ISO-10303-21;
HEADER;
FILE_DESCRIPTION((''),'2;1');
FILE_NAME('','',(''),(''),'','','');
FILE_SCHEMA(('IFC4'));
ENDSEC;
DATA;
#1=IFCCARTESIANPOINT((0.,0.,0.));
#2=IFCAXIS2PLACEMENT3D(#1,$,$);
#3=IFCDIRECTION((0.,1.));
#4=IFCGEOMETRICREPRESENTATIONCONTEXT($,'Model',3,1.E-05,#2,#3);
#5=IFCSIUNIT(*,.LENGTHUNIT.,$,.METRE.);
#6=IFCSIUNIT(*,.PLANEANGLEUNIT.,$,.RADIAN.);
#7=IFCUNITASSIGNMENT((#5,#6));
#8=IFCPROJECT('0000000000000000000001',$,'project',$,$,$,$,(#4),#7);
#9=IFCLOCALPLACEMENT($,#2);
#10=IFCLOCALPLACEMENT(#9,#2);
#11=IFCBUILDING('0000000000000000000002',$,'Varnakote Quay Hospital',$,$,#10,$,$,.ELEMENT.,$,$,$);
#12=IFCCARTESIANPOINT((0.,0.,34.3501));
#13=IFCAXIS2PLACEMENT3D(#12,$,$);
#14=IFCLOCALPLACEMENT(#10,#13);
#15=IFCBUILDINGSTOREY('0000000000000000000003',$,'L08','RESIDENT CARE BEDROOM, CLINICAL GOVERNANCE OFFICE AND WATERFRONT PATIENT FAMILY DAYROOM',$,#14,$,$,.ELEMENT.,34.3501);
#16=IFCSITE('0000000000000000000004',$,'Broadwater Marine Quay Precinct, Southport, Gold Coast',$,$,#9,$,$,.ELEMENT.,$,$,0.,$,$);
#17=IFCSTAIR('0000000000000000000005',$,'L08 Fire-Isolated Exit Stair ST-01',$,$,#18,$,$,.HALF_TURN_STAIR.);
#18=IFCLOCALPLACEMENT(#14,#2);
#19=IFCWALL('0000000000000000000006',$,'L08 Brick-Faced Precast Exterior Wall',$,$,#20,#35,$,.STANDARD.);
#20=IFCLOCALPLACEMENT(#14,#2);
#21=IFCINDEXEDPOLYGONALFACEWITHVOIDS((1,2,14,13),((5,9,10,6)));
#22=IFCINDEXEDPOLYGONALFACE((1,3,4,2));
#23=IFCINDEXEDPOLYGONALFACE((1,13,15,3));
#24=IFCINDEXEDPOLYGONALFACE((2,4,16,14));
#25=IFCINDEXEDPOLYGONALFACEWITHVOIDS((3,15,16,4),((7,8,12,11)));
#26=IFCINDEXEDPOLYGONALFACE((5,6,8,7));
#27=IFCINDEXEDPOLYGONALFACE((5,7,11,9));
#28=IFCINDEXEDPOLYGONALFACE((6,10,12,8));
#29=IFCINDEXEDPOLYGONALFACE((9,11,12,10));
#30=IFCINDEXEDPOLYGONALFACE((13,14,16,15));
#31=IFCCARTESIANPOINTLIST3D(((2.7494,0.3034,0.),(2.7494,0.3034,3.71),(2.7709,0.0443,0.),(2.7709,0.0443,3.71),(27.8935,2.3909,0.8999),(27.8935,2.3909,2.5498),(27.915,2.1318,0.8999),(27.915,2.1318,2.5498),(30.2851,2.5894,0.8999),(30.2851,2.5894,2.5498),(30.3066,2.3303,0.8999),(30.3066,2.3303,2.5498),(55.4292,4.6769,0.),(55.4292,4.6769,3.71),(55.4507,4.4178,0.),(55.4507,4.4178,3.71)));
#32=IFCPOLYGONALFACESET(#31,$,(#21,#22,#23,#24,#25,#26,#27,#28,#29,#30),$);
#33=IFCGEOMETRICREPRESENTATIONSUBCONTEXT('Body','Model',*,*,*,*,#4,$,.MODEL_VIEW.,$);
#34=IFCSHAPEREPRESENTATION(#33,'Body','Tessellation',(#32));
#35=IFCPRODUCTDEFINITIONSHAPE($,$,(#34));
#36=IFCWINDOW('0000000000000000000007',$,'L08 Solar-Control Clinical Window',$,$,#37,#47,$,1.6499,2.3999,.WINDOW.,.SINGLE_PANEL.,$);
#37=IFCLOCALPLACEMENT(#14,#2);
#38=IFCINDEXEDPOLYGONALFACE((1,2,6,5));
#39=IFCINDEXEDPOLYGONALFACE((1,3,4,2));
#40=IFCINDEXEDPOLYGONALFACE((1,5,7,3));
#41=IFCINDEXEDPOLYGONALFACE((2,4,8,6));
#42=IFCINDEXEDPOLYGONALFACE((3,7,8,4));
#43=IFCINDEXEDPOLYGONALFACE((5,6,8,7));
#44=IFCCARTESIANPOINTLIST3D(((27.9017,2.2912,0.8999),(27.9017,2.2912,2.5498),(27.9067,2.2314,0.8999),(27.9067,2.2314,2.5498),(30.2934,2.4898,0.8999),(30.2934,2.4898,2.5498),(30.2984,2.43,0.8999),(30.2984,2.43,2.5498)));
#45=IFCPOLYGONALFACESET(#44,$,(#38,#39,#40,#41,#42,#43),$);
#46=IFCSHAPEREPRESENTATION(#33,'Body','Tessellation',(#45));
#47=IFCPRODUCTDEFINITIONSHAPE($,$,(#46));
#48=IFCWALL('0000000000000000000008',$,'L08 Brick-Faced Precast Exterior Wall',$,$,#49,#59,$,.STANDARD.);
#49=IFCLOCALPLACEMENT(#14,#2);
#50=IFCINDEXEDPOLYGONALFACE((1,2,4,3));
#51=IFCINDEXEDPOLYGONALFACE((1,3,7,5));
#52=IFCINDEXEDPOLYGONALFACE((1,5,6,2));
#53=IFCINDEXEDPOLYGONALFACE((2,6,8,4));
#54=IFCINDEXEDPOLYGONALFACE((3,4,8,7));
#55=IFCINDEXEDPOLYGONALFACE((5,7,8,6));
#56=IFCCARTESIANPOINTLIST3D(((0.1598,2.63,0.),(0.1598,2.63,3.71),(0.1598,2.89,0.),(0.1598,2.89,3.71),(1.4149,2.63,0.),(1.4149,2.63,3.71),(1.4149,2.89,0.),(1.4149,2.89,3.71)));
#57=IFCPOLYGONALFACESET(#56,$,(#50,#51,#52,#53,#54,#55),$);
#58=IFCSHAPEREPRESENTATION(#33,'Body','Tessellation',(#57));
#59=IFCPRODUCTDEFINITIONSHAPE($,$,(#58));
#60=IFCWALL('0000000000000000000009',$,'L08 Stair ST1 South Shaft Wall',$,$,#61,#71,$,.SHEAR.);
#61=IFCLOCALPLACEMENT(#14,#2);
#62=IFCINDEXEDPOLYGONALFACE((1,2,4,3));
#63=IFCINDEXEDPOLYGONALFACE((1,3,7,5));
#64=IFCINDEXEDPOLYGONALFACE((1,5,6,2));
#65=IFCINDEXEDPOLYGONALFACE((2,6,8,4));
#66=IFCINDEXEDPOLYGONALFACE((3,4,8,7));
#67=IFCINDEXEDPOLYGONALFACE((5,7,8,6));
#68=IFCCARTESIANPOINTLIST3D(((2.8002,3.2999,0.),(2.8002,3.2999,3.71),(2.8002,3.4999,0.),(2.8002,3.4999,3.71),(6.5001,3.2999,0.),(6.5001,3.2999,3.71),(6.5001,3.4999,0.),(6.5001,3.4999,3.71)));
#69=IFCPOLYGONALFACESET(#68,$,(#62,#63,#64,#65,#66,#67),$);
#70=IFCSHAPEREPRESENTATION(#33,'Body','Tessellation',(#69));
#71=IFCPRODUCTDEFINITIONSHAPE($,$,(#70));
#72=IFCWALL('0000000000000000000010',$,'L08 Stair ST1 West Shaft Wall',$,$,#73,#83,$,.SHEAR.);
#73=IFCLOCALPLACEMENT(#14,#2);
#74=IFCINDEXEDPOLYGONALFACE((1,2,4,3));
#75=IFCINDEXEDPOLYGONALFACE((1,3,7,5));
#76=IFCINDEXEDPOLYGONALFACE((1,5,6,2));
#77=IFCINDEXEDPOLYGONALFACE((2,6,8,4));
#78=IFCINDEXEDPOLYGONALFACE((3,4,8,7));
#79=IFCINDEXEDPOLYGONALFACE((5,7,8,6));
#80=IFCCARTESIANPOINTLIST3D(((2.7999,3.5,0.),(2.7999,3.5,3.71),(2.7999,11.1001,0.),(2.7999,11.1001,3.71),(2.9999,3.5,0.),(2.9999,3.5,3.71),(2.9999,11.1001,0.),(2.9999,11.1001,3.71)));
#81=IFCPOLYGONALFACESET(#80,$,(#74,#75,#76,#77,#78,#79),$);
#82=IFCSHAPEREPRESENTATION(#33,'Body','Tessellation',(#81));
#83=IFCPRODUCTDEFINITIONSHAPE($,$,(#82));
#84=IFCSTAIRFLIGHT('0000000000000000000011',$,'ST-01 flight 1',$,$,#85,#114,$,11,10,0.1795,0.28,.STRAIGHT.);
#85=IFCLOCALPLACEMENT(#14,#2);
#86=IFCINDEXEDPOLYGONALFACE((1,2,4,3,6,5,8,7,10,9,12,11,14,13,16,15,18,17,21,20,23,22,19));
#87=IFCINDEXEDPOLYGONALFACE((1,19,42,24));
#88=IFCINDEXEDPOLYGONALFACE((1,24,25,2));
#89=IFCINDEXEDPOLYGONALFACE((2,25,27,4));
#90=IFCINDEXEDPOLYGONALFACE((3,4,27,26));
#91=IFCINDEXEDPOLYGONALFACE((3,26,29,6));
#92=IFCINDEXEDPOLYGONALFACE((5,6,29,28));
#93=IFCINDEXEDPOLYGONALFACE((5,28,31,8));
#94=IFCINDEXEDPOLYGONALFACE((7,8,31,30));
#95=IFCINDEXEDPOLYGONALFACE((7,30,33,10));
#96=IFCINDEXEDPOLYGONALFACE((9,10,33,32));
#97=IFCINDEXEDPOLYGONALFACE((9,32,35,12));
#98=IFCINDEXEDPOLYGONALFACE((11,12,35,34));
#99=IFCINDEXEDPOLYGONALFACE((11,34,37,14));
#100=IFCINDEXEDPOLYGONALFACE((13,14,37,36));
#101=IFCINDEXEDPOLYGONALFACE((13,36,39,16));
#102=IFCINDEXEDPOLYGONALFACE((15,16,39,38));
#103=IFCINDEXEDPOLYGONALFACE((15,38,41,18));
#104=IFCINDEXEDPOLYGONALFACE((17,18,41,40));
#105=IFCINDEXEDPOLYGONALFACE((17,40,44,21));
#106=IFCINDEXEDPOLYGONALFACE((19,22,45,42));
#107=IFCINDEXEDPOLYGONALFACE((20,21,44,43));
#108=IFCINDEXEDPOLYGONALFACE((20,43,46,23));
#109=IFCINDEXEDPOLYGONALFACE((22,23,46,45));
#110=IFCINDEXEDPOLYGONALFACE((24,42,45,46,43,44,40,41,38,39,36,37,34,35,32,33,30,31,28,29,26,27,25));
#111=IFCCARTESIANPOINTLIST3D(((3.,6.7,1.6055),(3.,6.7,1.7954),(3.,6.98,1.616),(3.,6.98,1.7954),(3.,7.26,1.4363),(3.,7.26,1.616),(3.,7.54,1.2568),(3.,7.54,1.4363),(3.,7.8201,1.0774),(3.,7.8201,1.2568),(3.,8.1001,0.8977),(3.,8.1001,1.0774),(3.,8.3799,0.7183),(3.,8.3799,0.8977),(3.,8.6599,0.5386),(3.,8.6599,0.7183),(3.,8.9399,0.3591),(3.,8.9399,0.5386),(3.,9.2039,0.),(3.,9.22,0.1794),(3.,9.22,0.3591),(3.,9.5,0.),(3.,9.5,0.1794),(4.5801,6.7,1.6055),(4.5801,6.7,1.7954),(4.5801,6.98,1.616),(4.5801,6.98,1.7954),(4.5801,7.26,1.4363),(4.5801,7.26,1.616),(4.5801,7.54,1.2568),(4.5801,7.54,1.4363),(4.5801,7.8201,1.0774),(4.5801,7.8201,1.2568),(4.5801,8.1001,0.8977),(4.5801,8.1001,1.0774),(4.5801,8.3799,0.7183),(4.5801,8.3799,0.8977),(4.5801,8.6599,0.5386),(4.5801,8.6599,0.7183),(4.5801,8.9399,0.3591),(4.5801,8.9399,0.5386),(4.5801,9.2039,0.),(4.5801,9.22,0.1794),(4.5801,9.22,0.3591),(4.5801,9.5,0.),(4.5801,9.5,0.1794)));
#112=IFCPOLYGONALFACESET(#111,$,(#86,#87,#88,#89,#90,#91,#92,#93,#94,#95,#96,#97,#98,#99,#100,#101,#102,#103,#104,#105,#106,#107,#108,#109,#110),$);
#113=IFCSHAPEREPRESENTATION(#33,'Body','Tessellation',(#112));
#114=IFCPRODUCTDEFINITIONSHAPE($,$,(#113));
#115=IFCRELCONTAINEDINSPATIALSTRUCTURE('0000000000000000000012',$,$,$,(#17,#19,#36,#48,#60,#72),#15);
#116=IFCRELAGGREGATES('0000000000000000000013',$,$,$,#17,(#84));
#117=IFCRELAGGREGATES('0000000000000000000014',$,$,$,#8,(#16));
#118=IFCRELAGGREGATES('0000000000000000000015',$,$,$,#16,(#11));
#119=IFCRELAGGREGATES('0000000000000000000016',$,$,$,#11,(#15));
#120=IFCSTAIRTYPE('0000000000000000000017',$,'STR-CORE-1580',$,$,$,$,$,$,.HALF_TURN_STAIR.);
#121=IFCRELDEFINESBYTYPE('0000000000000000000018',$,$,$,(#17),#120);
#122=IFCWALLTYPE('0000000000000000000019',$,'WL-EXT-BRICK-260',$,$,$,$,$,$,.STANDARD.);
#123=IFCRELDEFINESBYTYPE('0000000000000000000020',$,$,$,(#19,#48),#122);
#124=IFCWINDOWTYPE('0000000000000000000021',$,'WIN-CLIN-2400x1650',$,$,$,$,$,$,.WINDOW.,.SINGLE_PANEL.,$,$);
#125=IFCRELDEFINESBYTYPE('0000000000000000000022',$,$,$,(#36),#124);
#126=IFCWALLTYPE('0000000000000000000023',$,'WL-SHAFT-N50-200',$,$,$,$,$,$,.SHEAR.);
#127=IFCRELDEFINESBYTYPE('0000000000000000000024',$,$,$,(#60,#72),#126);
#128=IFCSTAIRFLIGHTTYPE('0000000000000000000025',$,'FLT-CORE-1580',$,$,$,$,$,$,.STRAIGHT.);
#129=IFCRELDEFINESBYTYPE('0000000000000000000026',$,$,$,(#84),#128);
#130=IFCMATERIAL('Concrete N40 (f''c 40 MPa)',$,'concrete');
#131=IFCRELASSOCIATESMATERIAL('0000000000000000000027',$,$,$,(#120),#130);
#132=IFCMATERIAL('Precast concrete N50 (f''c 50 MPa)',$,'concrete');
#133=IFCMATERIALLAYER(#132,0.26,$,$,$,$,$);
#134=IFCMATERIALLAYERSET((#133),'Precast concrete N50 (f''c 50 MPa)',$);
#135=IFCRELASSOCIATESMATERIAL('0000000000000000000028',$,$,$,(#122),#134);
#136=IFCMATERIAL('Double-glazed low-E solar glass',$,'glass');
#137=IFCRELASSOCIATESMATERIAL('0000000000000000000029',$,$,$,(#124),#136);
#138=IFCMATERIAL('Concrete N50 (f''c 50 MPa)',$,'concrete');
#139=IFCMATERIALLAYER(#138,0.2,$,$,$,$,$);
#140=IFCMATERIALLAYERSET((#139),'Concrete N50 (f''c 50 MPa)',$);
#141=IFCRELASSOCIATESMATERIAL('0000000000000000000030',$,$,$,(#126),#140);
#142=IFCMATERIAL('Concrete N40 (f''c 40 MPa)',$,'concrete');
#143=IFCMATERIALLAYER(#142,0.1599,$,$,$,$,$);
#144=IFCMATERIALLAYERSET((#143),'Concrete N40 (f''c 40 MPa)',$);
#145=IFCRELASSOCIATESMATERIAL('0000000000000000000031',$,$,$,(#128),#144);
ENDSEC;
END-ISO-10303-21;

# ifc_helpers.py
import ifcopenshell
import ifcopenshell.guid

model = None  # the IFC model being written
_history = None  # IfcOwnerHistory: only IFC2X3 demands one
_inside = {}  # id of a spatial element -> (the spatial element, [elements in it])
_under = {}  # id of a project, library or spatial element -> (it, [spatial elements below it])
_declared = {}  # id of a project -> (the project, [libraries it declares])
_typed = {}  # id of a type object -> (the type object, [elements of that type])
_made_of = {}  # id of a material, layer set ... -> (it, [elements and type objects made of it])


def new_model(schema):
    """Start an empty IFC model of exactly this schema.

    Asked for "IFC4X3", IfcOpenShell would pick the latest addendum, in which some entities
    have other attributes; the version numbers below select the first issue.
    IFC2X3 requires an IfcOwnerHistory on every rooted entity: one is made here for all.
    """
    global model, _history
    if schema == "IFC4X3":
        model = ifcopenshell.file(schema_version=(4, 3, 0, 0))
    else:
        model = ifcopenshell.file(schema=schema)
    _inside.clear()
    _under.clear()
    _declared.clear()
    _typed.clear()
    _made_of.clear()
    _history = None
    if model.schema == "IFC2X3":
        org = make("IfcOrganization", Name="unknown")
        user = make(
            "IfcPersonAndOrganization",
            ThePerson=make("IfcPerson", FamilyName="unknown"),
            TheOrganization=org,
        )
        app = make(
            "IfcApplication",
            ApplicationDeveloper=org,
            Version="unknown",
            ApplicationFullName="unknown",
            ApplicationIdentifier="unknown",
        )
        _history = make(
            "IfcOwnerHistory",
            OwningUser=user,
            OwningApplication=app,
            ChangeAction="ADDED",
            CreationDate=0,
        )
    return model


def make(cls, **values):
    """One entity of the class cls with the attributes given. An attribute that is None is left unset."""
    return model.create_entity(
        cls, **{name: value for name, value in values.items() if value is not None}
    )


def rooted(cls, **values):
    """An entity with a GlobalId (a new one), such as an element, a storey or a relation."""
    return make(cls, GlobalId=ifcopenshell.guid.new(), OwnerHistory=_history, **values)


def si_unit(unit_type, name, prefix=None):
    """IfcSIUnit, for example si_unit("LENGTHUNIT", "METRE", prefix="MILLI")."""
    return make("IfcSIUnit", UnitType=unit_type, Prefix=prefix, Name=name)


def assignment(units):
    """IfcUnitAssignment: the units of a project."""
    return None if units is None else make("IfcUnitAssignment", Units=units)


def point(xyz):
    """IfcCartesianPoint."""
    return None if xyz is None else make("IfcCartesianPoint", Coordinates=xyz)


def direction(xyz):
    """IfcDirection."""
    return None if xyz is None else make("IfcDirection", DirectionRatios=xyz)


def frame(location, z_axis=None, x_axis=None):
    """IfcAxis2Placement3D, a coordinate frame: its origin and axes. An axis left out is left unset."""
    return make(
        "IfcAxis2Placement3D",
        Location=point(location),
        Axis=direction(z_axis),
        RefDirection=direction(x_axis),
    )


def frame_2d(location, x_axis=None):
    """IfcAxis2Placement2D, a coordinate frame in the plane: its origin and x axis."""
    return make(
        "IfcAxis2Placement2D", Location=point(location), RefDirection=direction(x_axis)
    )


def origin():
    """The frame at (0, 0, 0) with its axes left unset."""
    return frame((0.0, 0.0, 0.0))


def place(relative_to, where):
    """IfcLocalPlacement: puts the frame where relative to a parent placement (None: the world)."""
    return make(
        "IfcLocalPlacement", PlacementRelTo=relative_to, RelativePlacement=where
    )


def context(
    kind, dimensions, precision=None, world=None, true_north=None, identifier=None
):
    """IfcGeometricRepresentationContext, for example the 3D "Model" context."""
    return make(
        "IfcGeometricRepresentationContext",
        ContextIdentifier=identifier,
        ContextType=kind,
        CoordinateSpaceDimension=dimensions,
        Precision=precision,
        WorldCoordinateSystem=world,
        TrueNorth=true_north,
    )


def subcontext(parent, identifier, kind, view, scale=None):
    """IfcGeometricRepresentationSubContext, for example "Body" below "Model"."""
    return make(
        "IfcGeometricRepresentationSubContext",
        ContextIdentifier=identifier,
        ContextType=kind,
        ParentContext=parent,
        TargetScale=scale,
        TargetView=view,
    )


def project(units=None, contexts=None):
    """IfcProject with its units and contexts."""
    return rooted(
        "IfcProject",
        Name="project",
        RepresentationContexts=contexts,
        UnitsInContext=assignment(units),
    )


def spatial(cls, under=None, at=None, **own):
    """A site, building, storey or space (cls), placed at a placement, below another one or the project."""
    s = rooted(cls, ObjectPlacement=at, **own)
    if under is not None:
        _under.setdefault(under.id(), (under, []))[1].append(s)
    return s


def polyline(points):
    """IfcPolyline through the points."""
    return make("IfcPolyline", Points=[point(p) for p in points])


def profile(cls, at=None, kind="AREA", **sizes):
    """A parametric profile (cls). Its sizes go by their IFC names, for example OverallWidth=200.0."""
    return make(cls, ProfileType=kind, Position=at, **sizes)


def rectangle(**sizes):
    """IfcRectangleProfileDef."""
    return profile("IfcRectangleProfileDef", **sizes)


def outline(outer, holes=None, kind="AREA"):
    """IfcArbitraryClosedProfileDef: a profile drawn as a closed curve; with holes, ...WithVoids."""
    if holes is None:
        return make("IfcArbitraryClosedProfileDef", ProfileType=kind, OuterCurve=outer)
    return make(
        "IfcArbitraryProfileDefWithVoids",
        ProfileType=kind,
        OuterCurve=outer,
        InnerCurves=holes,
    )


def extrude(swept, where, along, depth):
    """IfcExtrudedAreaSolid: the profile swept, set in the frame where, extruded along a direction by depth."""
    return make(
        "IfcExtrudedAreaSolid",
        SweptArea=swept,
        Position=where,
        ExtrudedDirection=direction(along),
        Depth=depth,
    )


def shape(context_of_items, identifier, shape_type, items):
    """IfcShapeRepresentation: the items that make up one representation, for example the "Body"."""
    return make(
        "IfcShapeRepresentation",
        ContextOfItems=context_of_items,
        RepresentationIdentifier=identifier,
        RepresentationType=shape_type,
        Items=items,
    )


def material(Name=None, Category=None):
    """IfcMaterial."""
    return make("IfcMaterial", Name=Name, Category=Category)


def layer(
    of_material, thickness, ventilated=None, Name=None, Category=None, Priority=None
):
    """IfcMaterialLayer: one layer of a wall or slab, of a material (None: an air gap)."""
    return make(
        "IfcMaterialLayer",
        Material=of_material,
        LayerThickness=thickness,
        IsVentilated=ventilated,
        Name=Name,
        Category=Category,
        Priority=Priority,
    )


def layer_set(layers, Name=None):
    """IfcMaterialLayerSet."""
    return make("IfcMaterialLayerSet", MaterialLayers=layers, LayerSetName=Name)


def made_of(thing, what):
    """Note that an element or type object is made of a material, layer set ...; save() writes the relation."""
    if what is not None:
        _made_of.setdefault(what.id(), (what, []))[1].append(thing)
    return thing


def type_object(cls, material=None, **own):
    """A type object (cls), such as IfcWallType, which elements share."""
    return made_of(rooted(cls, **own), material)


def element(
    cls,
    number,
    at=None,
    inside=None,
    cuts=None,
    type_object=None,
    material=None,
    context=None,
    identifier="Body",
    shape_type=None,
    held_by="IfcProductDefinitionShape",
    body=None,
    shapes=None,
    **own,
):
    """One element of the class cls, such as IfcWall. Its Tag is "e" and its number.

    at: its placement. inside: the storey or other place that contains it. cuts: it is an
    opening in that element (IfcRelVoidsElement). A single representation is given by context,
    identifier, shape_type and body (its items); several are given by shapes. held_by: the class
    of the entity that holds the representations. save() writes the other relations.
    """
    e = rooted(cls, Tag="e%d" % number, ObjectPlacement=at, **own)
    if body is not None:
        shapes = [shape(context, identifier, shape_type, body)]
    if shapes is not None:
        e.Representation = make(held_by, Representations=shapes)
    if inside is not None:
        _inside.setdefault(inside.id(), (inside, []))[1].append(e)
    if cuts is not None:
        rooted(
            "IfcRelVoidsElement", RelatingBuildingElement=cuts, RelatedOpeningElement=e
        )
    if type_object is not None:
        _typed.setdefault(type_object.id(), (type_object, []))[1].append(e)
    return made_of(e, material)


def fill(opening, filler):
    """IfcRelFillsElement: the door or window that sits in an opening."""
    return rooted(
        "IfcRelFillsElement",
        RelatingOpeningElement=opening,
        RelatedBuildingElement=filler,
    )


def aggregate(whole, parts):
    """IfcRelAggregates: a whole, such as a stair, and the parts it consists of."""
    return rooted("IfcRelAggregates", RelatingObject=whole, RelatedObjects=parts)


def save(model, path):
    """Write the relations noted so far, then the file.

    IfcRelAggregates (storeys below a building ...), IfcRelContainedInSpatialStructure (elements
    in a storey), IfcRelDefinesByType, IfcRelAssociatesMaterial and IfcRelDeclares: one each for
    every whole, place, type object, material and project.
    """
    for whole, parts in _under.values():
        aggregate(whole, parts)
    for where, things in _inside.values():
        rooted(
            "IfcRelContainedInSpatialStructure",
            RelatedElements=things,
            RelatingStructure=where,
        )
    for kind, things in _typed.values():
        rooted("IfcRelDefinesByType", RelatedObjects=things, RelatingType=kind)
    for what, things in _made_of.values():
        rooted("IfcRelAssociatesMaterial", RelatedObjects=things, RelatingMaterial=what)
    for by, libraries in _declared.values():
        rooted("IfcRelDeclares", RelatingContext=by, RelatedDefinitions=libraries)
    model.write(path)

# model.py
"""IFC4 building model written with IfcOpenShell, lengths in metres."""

from ifc_helpers import new_model, si_unit, direction, frame, frame_2d, origin, place, context, subcontext, project, spatial, polyline, rectangle, outline, extrude, material, layer, layer_set, type_object, element, fill, aggregate, save


model = new_model("IFC4")

# Units and contexts
model_context = context("Model", 3, precision=1e-05, world=origin(), true_north=direction((0.0, 1.0)))
body_context = subcontext(model_context, "Body", "Model", "MODEL_VIEW")
ifc_project = project(units=[si_unit("LENGTHUNIT", "METRE"), si_unit("PLANEANGLEUNIT", "RADIAN")], contexts=[model_context])

# Site, building, storey
site_placement = place(None, origin())
site = spatial("IfcSite", under=ifc_project, at=site_placement, Name="Broadwater Marine Quay Precinct, Southport, Gold Coast", CompositionType="ELEMENT", RefElevation=0.0)
building_placement = place(site_placement, origin())
building = spatial("IfcBuilding", under=site, at=building_placement, Name="Varnakote Quay Hospital", CompositionType="ELEMENT")
storey_placement = place(building_placement, frame((0.0, 0.0, 34.3501)))
storey = spatial("IfcBuildingStorey", under=building, at=storey_placement, Name="L08", Description="RESIDENT CARE BEDROOM, CLINICAL GOVERNANCE OFFICE AND WATERFRONT PATIENT FAMILY DAYROOM", CompositionType="ELEMENT", Elevation=34.3501)

# Stair
ifc_material_1 = material(Name="Concrete N40 (f'c 40 MPa)", Category="concrete")
stair_type = type_object("IfcStairType", Name="STR-CORE-1580", PredefinedType="HALF_TURN_STAIR", material=ifc_material_1)
stair_1_placement = place(storey_placement, origin())
stair_1 = element("IfcStair", 1, at=stair_1_placement, inside=storey, type_object=stair_type, Name="L08 Fire-Isolated Exit Stair ST-01", PredefinedType="HALF_TURN_STAIR")

# Shared definitions
ifc_material_2 = material(Name="Precast concrete N50 (f'c 50 MPa)", Category="concrete")
ifc_layer_1 = layer(ifc_material_2, 0.26)
ifc_layer_set_1 = layer_set([ifc_layer_1], Name="Precast concrete N50 (f'c 50 MPa)")
wall_type_1 = type_object("IfcWallType", Name="WL-EXT-BRICK-260", PredefinedType="STANDARD", material=ifc_layer_set_1)

# Wall, opening, window
wall_1_placement = place(storey_placement, frame((2.76, 0.1738, 0.0), z_axis=(0.0, 0.0, 1.0), x_axis=(0.996571, 0.082736, 0.0)))
wall_1 = element("IfcWall", 2, at=wall_1_placement, inside=storey, type_object=wall_type_1, Name="L08 Brick-Faced Precast Exterior Wall", PredefinedType="STANDARD", context=body_context, shape_type="SweptSolid", body=[
    extrude(rectangle(XDim=52.8611, YDim=0.26, at=frame_2d((26.4307, 0.0))), origin(), (0.0, 0.0, 1.0), 3.71),
])
opening_1_placement = place(wall_1_placement, frame((25.2307, 0.0, 0.8999)))
opening_1 = element("IfcOpeningElement", 3, at=opening_1_placement, cuts=wall_1, PredefinedType="OPENING", context=body_context, shape_type="SweptSolid", body=[
    extrude(rectangle(XDim=2.3999, YDim=1.6499, at=frame_2d((1.2, 0.825))), frame((0.0, 0.1399, 0.0), z_axis=(0.0, -1.0, 0.0), x_axis=(1.0, 0.0, 0.0)), (0.0, 0.0, 1.0), 0.28),
])
ifc_material_3 = material(Name="Double-glazed low-E solar glass", Category="glass")
window_type = type_object("IfcWindowType", Name="WIN-CLIN-2400x1650", PartitioningType="SINGLE_PANEL", PredefinedType="WINDOW", material=ifc_material_3)
window_placement = place(opening_1_placement, origin())
window = element("IfcWindow", 4, at=window_placement, inside=storey, type_object=window_type, Name="L08 Solar-Control Clinical Window", OverallHeight=1.6499, OverallWidth=2.3999, PartitioningType="SINGLE_PANEL", PredefinedType="WINDOW", context=body_context, shape_type="SweptSolid", body=[
    extrude(rectangle(XDim=2.3999, YDim=1.6499, at=frame_2d((1.2, 0.825))), frame((0.0, 0.03, 0.0), z_axis=(0.0, -1.0, 0.0), x_axis=(1.0, 0.0, 0.0)), (0.0, 0.0, 1.0), 0.0601),
])
fill(opening_1, window)

# Walls
wall_2_placement = place(storey_placement, frame((0.1599, 2.76, 0.0), z_axis=(0.0, 0.0, 1.0), x_axis=(1.0, 0.0, 0.0)))
element("IfcWall", 5, at=wall_2_placement, inside=storey, type_object=wall_type_1, Name="L08 Brick-Faced Precast Exterior Wall", PredefinedType="STANDARD", context=body_context, shape_type="SweptSolid", body=[
    extrude(rectangle(XDim=1.2551, YDim=0.26, at=frame_2d((0.6274, 0.0))), origin(), (0.0, 0.0, 1.0), 3.71),
])
ifc_material_4 = material(Name="Concrete N50 (f'c 50 MPa)", Category="concrete")
ifc_layer_2 = layer(ifc_material_4, 0.2)
ifc_layer_set_2 = layer_set([ifc_layer_2], Name="Concrete N50 (f'c 50 MPa)")
wall_type_2 = type_object("IfcWallType", Name="WL-SHAFT-N50-200", PredefinedType="SHEAR", material=ifc_layer_set_2)
wall_3_placement = place(storey_placement, frame((2.8, 3.3999, 0.0), z_axis=(0.0, 0.0, 1.0), x_axis=(1.0, 0.0, 0.0)))
element("IfcWall", 6, at=wall_3_placement, inside=storey, type_object=wall_type_2, Name="L08 Stair ST1 South Shaft Wall", PredefinedType="SHEAR", context=body_context, shape_type="SweptSolid", body=[
    extrude(rectangle(XDim=3.7, YDim=0.2, at=frame_2d((1.8501, 0.0))), origin(), (0.0, 0.0, 1.0), 3.71),
])
wall_4_placement = place(storey_placement, frame((2.8999, 3.5, 0.0), z_axis=(0.0, 0.0, 1.0), x_axis=(0.0, 1.0, 0.0)))
element("IfcWall", 7, at=wall_4_placement, inside=storey, type_object=wall_type_2, Name="L08 Stair ST1 West Shaft Wall", PredefinedType="SHEAR", context=body_context, shape_type="SweptSolid", body=[
    extrude(rectangle(XDim=7.6001, YDim=0.2, at=frame_2d((3.8, 0.0))), origin(), (0.0, 0.0, 1.0), 3.71),
])

# Stair flight
ifc_material_5 = material(Name="Concrete N40 (f'c 40 MPa)", Category="concrete")
ifc_layer_3 = layer(ifc_material_5, 0.1599)
ifc_layer_set_3 = layer_set([ifc_layer_3], Name="Concrete N40 (f'c 40 MPa)")
stair_flight_type = type_object("IfcStairFlightType", Name="FLT-CORE-1580", PredefinedType="STRAIGHT", material=ifc_layer_set_3)
stair_flight_placement = place(storey_placement, frame((3.79, 9.5, 0.0), z_axis=(0.0, 0.0, 1.0), x_axis=(0.0, -1.0, 0.0)))
stair_flight = element("IfcStairFlight", 8, at=stair_flight_placement, type_object=stair_flight_type, Name="ST-01 flight 1", NumberOfRisers=11, NumberOfTreads=10, PredefinedType="STRAIGHT", RiserHeight=0.1795, TreadLength=0.28, context=body_context, shape_type="SweptSolid", body=[
    extrude(outline(polyline([(0.0, 0.0), (0.0, 0.1794), (0.28, 0.1794), (0.28, 0.3591), (0.5601, 0.3591), (0.5601, 0.5386), (0.8401, 0.5386), (0.8401, 0.7183), (1.1201, 0.7183), (1.1201, 0.8977), (1.3999, 0.8977), (1.3999, 1.0774), (1.6799, 1.0774), (1.6799, 1.2568), (1.96, 1.2568), (1.96, 1.4363), (2.24, 1.4363), (2.24, 1.616), (2.52, 1.616), (2.52, 1.7954), (2.8, 1.7954), (2.8, 1.9751), (2.8, 1.6055), (0.2961, 0.0), (0.0, 0.0)])), frame((0.0, 0.79, 0.0), z_axis=(0.0, -1.0, 0.0), x_axis=(1.0, 0.0, 0.0)), (0.0, 0.0, 1.0), 1.5801),
])
aggregate(stair_1, [stair_flight])

save(model, "model.ifc")
